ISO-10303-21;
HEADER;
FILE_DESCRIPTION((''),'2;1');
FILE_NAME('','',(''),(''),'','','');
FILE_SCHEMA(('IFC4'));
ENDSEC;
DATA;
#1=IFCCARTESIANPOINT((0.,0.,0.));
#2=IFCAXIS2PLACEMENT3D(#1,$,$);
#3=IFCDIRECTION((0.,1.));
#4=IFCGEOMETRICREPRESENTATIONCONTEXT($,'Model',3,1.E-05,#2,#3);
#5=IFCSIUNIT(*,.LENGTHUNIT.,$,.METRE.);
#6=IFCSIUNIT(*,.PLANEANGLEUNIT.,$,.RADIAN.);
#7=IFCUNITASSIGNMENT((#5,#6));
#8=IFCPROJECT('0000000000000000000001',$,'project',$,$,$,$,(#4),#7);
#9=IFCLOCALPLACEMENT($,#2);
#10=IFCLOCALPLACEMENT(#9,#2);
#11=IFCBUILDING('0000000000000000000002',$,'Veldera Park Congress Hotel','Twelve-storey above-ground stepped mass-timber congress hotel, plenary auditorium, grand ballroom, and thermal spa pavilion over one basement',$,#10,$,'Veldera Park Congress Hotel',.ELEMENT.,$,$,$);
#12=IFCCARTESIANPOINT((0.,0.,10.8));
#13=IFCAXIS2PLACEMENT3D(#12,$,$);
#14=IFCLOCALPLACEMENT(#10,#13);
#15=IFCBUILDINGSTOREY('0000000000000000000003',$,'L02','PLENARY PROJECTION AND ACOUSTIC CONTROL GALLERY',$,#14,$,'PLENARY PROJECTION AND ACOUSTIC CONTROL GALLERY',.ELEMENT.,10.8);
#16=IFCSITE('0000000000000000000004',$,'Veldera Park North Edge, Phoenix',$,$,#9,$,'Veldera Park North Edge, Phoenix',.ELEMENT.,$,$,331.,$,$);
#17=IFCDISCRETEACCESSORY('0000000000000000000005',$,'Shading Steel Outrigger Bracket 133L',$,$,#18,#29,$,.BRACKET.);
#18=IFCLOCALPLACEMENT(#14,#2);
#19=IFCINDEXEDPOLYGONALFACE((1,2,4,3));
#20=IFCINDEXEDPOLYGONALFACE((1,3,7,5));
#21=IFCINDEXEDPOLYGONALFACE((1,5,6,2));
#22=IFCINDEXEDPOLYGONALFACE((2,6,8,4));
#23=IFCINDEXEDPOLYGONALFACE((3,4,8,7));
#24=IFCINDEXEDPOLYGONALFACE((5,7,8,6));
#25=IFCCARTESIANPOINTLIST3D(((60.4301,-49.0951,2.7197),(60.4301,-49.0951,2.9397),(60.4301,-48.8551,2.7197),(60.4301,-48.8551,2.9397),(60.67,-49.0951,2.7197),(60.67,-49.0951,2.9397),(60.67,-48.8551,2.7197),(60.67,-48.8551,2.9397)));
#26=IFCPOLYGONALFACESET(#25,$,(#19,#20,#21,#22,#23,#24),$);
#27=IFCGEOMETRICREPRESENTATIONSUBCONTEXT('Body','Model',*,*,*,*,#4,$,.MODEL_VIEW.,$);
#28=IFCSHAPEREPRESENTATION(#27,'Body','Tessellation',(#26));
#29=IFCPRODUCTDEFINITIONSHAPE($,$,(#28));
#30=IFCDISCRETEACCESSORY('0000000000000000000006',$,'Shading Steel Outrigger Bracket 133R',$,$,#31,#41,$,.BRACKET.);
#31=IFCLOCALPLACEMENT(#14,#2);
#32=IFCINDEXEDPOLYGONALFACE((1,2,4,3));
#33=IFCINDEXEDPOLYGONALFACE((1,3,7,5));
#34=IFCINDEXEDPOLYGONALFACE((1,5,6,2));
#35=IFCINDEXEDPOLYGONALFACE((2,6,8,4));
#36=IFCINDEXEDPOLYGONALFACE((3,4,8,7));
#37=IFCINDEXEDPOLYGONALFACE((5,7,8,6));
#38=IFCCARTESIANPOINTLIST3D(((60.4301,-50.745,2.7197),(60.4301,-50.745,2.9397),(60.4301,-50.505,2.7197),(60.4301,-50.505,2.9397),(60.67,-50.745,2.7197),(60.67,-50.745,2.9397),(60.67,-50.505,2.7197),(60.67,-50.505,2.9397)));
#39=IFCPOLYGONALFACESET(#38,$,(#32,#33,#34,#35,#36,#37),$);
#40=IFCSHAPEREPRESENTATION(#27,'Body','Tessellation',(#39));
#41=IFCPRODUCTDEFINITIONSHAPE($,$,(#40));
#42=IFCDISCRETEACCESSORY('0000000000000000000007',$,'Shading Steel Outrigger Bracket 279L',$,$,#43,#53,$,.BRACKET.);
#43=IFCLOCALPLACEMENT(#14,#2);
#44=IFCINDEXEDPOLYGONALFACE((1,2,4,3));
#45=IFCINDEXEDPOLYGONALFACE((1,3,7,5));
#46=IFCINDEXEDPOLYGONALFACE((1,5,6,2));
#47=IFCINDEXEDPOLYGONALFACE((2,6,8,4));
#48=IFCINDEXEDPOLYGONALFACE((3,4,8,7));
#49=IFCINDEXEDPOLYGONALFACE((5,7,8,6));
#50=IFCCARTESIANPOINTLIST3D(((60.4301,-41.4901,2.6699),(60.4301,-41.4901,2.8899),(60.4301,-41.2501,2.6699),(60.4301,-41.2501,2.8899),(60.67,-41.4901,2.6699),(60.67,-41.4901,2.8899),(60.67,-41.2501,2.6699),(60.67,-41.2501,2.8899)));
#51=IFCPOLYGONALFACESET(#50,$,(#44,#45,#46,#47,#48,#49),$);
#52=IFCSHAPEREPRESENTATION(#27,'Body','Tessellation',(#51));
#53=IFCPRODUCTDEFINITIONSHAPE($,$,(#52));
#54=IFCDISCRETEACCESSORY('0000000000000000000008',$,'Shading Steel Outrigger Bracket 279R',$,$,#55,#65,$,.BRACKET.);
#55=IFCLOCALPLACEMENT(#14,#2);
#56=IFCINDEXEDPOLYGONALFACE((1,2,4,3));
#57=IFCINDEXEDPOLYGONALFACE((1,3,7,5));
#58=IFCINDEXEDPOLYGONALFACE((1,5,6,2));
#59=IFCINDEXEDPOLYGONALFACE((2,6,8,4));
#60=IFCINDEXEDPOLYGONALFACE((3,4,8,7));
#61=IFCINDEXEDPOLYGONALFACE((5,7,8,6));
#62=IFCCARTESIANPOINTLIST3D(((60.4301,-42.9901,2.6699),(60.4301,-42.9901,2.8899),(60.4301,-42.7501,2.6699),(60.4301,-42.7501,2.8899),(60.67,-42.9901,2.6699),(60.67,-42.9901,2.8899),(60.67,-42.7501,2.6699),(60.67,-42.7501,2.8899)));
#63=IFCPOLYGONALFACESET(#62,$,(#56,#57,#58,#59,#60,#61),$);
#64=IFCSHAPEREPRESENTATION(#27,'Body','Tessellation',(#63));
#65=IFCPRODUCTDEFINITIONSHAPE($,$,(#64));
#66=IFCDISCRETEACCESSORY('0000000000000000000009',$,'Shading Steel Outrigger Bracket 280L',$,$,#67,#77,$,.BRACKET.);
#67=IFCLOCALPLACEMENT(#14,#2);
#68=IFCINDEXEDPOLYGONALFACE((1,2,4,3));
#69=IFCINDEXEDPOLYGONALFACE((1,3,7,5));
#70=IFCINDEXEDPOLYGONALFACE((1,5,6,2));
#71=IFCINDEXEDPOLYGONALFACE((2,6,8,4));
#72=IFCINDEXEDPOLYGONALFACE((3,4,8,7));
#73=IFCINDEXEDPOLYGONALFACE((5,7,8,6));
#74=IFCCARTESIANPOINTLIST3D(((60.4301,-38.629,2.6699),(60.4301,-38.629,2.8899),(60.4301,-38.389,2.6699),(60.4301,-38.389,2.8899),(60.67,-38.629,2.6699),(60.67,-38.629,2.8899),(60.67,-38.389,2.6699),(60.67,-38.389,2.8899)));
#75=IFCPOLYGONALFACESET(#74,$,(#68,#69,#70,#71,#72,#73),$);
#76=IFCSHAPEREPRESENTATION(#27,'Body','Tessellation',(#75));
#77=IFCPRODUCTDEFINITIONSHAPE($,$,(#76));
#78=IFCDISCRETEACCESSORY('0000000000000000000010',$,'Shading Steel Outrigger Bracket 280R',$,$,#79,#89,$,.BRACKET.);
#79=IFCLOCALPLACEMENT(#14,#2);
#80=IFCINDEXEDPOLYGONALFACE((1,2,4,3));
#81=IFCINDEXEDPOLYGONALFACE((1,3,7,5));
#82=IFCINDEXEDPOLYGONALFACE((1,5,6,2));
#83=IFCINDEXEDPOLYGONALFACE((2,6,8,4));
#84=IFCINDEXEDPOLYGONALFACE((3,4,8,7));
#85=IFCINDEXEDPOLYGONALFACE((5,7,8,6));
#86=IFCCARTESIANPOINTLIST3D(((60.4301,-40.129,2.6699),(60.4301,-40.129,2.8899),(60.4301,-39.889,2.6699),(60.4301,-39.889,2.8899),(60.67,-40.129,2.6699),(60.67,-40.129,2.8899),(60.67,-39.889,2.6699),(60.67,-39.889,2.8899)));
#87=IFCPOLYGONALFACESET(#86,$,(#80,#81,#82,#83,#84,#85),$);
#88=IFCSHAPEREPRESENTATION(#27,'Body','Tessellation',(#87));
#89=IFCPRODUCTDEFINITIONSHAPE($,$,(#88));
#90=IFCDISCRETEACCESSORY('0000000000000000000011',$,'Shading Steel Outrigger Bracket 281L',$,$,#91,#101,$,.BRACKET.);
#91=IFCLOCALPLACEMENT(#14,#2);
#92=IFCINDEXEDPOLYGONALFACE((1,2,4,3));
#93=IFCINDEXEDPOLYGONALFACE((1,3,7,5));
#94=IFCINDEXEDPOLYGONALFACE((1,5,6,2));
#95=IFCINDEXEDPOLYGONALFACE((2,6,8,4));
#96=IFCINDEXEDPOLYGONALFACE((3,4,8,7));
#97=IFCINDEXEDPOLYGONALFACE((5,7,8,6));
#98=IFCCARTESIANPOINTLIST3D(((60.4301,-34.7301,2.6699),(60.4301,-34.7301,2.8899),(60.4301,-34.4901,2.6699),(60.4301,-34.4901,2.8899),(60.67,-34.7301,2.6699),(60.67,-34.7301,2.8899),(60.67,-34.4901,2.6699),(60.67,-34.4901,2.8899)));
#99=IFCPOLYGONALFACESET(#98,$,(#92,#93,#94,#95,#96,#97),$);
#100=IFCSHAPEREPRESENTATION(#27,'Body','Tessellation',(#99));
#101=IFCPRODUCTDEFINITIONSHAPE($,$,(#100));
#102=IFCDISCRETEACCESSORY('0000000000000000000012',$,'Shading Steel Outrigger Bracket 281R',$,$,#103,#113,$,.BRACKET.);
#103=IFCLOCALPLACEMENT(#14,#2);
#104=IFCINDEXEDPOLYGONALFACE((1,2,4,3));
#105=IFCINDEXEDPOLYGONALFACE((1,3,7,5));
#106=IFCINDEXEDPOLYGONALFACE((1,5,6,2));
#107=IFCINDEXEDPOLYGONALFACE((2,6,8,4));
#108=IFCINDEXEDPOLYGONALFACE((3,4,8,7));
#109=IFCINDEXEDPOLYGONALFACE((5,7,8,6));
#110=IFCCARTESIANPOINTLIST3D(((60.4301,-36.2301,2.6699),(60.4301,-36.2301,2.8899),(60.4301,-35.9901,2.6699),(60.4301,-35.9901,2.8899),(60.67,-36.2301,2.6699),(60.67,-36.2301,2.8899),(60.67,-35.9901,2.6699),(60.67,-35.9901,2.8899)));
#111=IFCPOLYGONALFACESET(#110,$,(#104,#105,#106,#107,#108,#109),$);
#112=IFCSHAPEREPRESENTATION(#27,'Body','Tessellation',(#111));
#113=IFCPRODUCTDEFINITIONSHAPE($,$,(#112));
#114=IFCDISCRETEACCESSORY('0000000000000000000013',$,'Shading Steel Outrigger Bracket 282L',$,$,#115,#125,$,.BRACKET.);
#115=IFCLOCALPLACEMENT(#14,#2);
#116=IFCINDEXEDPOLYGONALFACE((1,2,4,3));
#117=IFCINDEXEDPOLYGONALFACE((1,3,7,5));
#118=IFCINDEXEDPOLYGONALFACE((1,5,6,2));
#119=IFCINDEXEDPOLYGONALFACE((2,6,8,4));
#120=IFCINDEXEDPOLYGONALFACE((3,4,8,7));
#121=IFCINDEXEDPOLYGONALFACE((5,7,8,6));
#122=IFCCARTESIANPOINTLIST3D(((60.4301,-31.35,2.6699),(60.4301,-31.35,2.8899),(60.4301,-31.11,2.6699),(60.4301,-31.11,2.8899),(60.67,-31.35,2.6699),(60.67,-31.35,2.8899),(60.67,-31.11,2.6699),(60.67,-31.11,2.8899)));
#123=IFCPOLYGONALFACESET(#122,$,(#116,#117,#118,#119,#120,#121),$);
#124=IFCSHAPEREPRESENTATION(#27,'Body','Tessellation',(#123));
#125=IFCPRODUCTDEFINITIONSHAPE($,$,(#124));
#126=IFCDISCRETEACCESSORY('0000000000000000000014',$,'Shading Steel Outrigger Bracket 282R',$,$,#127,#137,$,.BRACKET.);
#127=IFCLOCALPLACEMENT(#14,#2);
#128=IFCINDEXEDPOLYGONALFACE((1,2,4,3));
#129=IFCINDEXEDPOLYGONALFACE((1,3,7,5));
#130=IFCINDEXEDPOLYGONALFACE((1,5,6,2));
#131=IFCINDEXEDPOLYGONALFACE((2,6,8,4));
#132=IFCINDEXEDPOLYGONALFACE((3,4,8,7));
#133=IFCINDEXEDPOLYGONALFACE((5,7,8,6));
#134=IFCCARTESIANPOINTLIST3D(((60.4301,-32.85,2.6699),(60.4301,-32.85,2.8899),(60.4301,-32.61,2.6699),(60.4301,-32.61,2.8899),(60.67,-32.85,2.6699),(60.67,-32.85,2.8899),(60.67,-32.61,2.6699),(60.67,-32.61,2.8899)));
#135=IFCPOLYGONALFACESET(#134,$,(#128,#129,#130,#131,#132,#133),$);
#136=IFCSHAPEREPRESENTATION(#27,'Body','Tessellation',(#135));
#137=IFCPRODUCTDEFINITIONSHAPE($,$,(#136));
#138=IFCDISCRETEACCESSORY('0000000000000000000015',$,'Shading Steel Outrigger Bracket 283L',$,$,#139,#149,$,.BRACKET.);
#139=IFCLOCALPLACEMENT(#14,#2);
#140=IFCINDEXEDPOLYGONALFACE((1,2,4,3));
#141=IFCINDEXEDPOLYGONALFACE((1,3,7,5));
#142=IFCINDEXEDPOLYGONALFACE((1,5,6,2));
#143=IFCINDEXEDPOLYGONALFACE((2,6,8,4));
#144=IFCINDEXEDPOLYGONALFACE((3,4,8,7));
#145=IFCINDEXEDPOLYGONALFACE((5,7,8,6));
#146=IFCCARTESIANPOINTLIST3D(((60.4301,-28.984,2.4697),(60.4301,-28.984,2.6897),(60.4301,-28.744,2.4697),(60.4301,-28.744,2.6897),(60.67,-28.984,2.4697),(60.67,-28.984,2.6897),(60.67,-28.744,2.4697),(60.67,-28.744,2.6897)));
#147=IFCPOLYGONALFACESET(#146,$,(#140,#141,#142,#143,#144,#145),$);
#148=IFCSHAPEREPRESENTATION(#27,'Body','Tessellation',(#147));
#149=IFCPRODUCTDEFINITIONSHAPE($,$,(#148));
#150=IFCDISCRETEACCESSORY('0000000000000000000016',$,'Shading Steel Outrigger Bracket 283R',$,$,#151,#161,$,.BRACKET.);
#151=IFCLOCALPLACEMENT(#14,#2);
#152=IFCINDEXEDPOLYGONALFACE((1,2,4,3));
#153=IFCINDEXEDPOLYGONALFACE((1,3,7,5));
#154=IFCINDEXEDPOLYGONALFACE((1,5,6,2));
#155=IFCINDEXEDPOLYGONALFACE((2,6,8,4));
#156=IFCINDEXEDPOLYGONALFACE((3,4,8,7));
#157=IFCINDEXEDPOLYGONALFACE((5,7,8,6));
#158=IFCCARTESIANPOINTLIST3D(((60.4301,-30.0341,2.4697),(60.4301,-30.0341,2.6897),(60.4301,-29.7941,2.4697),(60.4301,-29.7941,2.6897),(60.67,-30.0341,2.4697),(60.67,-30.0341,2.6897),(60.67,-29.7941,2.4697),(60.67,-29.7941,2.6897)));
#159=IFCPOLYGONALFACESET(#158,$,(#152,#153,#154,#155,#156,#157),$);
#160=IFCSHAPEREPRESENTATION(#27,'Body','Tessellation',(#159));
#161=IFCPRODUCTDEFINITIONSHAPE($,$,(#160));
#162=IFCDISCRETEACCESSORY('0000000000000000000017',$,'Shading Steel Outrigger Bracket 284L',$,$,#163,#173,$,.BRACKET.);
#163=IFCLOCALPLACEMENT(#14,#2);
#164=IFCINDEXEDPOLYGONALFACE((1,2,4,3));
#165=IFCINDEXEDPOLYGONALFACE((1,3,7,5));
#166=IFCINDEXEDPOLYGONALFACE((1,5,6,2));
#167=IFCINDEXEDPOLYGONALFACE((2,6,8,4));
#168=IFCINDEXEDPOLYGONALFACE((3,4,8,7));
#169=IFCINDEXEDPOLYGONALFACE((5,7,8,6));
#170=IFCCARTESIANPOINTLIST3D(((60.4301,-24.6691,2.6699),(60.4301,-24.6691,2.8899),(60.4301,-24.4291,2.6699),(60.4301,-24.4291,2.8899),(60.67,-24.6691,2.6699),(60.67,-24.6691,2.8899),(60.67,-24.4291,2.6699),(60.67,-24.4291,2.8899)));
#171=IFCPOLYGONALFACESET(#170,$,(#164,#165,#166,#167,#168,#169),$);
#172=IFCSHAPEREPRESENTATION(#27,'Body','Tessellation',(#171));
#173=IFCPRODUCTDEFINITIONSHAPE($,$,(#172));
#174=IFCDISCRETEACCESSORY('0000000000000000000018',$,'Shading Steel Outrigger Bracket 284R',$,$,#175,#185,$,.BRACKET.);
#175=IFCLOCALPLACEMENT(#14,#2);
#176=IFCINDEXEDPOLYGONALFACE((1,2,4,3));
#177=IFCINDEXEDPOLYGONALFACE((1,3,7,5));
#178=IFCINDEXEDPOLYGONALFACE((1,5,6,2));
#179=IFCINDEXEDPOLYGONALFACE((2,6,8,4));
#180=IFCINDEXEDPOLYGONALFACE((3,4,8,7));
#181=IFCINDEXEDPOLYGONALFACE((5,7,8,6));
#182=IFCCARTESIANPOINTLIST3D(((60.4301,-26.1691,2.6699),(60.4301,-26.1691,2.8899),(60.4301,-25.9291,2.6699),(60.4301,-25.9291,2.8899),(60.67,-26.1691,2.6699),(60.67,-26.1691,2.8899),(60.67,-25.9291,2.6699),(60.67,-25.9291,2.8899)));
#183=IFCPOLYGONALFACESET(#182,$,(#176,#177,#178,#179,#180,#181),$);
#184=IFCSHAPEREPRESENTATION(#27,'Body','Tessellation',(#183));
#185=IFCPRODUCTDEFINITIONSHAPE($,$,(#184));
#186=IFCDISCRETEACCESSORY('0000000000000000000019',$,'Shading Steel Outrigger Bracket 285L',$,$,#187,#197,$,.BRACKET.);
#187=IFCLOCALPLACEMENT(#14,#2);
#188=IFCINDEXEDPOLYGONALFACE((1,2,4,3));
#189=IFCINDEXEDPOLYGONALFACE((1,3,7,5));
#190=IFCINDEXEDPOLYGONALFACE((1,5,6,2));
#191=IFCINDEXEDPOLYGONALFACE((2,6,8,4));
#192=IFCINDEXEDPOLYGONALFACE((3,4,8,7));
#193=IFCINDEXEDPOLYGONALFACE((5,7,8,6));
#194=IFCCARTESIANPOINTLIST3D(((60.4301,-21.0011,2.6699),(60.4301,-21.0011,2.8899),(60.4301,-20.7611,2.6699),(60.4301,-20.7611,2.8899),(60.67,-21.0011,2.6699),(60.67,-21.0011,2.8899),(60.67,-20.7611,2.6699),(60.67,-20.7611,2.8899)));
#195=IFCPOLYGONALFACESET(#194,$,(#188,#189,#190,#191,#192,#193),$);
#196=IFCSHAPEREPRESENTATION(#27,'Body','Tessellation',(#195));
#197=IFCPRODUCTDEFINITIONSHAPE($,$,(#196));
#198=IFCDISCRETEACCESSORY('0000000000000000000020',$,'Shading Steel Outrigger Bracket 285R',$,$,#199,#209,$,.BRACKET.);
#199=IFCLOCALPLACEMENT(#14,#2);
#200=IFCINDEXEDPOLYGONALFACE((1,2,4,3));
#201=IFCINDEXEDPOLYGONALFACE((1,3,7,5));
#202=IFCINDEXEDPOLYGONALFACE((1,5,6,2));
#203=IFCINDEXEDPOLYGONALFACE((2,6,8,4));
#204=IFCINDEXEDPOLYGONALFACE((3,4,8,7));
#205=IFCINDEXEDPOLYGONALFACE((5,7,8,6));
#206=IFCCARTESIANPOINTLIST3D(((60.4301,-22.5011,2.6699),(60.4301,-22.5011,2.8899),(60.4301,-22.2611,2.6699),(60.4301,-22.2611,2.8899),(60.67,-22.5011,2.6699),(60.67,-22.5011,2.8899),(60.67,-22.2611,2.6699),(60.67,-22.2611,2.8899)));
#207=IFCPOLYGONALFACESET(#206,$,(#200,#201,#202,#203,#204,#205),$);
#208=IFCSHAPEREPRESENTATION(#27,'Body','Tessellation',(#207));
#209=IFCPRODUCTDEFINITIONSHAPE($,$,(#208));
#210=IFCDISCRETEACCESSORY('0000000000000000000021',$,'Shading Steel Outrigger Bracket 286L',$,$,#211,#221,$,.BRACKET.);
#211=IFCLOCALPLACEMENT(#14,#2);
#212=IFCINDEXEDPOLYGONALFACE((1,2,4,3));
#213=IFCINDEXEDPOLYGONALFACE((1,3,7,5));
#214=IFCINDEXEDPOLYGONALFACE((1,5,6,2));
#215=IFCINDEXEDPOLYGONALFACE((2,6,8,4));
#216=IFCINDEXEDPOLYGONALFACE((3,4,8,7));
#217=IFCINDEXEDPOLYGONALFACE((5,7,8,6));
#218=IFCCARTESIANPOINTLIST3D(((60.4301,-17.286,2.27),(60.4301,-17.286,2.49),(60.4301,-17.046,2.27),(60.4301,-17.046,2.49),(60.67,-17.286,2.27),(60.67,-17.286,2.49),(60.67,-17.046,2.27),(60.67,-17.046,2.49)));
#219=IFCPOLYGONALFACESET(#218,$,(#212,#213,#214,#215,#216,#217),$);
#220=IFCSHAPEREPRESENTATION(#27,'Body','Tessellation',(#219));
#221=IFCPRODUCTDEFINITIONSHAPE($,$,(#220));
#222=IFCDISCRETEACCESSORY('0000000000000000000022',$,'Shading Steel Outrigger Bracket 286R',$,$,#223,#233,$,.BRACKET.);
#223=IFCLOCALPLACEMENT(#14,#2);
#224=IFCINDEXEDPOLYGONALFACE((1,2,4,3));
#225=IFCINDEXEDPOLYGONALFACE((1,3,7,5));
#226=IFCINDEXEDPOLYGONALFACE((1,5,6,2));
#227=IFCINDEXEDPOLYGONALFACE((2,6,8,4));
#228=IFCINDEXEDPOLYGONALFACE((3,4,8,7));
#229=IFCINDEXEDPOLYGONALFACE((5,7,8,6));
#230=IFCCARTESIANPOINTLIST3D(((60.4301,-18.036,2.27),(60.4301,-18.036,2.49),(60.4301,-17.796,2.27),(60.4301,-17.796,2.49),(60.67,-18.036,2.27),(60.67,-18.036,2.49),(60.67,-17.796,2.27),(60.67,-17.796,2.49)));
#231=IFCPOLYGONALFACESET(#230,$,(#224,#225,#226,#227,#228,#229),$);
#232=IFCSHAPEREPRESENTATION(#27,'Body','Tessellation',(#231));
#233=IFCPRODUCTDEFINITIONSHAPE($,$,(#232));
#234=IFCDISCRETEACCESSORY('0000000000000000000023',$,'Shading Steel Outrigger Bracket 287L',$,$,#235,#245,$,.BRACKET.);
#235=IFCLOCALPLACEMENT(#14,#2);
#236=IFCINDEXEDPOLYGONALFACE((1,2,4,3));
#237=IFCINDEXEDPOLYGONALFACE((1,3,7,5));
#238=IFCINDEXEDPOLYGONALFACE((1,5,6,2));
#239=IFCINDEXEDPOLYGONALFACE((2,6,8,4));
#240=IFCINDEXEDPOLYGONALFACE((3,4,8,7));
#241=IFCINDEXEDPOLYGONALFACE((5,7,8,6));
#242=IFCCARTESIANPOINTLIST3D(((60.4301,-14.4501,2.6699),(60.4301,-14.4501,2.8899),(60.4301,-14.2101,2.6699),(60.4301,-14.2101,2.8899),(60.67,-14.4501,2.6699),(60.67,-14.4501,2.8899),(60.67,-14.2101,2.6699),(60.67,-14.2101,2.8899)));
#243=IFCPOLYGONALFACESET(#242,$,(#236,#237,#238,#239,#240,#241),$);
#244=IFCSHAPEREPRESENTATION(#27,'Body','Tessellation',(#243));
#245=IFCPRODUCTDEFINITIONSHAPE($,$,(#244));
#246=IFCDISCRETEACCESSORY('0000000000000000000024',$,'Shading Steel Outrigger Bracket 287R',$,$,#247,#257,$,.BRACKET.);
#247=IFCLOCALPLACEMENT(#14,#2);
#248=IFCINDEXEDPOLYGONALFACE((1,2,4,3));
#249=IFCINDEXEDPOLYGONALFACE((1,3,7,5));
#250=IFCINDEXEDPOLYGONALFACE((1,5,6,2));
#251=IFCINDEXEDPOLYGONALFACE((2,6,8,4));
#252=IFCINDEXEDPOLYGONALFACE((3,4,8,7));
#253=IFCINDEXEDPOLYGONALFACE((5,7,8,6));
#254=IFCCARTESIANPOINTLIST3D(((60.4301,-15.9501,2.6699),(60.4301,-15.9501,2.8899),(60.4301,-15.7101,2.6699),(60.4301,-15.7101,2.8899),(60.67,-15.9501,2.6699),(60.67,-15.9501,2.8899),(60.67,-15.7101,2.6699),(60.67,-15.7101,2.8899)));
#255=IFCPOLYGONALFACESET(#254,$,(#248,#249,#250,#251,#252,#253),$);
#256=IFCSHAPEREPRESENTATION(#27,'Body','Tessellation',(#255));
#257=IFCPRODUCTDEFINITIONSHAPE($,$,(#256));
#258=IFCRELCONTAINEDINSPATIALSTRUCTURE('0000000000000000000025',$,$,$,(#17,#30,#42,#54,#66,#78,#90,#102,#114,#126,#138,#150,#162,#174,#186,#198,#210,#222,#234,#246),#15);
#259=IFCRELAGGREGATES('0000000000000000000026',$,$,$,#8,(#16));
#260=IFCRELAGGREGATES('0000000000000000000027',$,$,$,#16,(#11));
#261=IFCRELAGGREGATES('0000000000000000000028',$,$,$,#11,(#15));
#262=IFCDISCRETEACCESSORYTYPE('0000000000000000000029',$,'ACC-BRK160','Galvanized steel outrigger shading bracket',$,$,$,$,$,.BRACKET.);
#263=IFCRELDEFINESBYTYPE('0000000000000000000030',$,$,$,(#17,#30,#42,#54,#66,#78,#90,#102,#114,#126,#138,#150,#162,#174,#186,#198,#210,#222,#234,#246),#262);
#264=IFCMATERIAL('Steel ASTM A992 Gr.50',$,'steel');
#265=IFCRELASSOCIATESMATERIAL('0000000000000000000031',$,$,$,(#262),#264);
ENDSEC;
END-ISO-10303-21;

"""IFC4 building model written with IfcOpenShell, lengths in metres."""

from ifc_helpers import new_model, si_unit, direction, frame, origin, origin_2d, place, context, subcontext, project, spatial, rectangle, extrude, material, type_object, element, save


model = new_model("IFC4")

# Units and contexts
model_context = context("Model", 3, precision=1e-05, world=origin(), true_north=direction((0.0, 1.0)))
body_context = subcontext(model_context, "Body", "Model", "MODEL_VIEW")
ifc_project = project(units=[si_unit("LENGTHUNIT", "METRE"), si_unit("PLANEANGLEUNIT", "RADIAN")], contexts=[model_context])

# Site, building, storey
site_placement = place(None, origin())
site = spatial("IfcSite", under=ifc_project, at=site_placement, Name="Veldera Park North Edge, Phoenix", LongName="Veldera Park North Edge, Phoenix", CompositionType="ELEMENT", RefElevation=331.0)
building_placement = place(site_placement, origin())
building = spatial("IfcBuilding", under=site, at=building_placement, Name="Veldera Park Congress Hotel", Description="Twelve-storey above-ground stepped mass-timber congress hotel, plenary auditorium, grand ballroom, and thermal spa pavilion over one basement", LongName="Veldera Park Congress Hotel", CompositionType="ELEMENT")
storey_placement = place(building_placement, frame((0.0, 0.0, 10.8)))
storey = spatial("IfcBuildingStorey", under=building, at=storey_placement, Name="L02", Description="PLENARY PROJECTION AND ACOUSTIC CONTROL GALLERY", LongName="PLENARY PROJECTION AND ACOUSTIC CONTROL GALLERY", CompositionType="ELEMENT", Elevation=10.8)

# Discrete accessories
ifc_material_1 = material(Name="Steel ASTM A992 Gr.50", Category="steel")
discrete_accessory_type = type_object("IfcDiscreteAccessoryType", Name="ACC-BRK160", Description="Galvanized steel outrigger shading bracket", PredefinedType="BRACKET", material=ifc_material_1)
for number, where, z_axis, x_axis, name in (
    (1, (60.55, -48.9751, 2.7197), (0.0, 0.0, 1.0), (0.0, -1.0, 0.0), "Shading Steel Outrigger Bracket 133L"),
    (2, (60.55, -50.625, 2.7197), (0.0, 0.0, 1.0), (0.0, -1.0, 0.0), "Shading Steel Outrigger Bracket 133R"),
    (3, (60.55, -41.3701, 2.6699), (0.0, 0.0, 1.0), (0.0, -1.0, 0.0), "Shading Steel Outrigger Bracket 279L"),
    (4, (60.55, -42.8701, 2.6699), (0.0, 0.0, 1.0), (0.0, -1.0, 0.0), "Shading Steel Outrigger Bracket 279R"),
    (5, (60.55, -38.509, 2.6699), (0.0, 0.0, 1.0), (0.0, -1.0, 0.0), "Shading Steel Outrigger Bracket 280L"),
    (6, (60.55, -40.009, 2.6699), (0.0, 0.0, 1.0), (0.0, -1.0, 0.0), "Shading Steel Outrigger Bracket 280R"),
    (7, (60.55, -34.6101, 2.6699), (0.0, 0.0, 1.0), (0.0, -1.0, 0.0), "Shading Steel Outrigger Bracket 281L"),
    (8, (60.55, -36.1101, 2.6699), (0.0, 0.0, 1.0), (0.0, -1.0, 0.0), "Shading Steel Outrigger Bracket 281R"),
    (9, (60.55, -31.23, 2.6699), (0.0, 0.0, 1.0), (0.0, -1.0, 0.0), "Shading Steel Outrigger Bracket 282L"),
    (10, (60.55, -32.73, 2.6699), (0.0, 0.0, 1.0), (0.0, -1.0, 0.0), "Shading Steel Outrigger Bracket 282R"),
    (11, (60.55, -28.864, 2.4697), (0.0, 0.0, 1.0), (0.0, -1.0, 0.0), "Shading Steel Outrigger Bracket 283L"),
    (12, (60.55, -29.9141, 2.4697), (0.0, 0.0, 1.0), (0.0, -1.0, 0.0), "Shading Steel Outrigger Bracket 283R"),
    (13, (60.55, -24.5491, 2.6699), (0.0, 0.0, 1.0), (0.0, -1.0, 0.0), "Shading Steel Outrigger Bracket 284L"),
    (14, (60.55, -26.0491, 2.6699), (0.0, 0.0, 1.0), (0.0, -1.0, 0.0), "Shading Steel Outrigger Bracket 284R"),
    (15, (60.55, -20.8811, 2.6699), (0.0, 0.0, 1.0), (0.0, -1.0, 0.0), "Shading Steel Outrigger Bracket 285L"),
    (16, (60.55, -22.3811, 2.6699), (0.0, 0.0, 1.0), (0.0, -1.0, 0.0), "Shading Steel Outrigger Bracket 285R"),
    (17, (60.55, -17.166, 2.27), (0.0, 0.0, 1.0), (0.0, -1.0, 0.0), "Shading Steel Outrigger Bracket 286L"),
    (18, (60.55, -17.916, 2.27), (0.0, 0.0, 1.0), (0.0, -1.0, 0.0), "Shading Steel Outrigger Bracket 286R"),
    (19, (60.55, -14.3301, 2.6699), (0.0, 0.0, 1.0), (0.0, -1.0, 0.0), "Shading Steel Outrigger Bracket 287L"),
    (20, (60.55, -15.8301, 2.6699), (0.0, 0.0, 1.0), (0.0, -1.0, 0.0), "Shading Steel Outrigger Bracket 287R"),
):
    element("IfcDiscreteAccessory", number, at=place(storey_placement, frame(where, z_axis=z_axis, x_axis=x_axis)), inside=storey, type_object=discrete_accessory_type, Name=name, PredefinedType="BRACKET", context=body_context, shape_type="SweptSolid", body=[
        extrude(rectangle(XDim=0.24, YDim=0.24, at=origin_2d()), origin(), (0.0, 0.0, 1.0), 0.22),
    ])

save(model, "model.ifc")
